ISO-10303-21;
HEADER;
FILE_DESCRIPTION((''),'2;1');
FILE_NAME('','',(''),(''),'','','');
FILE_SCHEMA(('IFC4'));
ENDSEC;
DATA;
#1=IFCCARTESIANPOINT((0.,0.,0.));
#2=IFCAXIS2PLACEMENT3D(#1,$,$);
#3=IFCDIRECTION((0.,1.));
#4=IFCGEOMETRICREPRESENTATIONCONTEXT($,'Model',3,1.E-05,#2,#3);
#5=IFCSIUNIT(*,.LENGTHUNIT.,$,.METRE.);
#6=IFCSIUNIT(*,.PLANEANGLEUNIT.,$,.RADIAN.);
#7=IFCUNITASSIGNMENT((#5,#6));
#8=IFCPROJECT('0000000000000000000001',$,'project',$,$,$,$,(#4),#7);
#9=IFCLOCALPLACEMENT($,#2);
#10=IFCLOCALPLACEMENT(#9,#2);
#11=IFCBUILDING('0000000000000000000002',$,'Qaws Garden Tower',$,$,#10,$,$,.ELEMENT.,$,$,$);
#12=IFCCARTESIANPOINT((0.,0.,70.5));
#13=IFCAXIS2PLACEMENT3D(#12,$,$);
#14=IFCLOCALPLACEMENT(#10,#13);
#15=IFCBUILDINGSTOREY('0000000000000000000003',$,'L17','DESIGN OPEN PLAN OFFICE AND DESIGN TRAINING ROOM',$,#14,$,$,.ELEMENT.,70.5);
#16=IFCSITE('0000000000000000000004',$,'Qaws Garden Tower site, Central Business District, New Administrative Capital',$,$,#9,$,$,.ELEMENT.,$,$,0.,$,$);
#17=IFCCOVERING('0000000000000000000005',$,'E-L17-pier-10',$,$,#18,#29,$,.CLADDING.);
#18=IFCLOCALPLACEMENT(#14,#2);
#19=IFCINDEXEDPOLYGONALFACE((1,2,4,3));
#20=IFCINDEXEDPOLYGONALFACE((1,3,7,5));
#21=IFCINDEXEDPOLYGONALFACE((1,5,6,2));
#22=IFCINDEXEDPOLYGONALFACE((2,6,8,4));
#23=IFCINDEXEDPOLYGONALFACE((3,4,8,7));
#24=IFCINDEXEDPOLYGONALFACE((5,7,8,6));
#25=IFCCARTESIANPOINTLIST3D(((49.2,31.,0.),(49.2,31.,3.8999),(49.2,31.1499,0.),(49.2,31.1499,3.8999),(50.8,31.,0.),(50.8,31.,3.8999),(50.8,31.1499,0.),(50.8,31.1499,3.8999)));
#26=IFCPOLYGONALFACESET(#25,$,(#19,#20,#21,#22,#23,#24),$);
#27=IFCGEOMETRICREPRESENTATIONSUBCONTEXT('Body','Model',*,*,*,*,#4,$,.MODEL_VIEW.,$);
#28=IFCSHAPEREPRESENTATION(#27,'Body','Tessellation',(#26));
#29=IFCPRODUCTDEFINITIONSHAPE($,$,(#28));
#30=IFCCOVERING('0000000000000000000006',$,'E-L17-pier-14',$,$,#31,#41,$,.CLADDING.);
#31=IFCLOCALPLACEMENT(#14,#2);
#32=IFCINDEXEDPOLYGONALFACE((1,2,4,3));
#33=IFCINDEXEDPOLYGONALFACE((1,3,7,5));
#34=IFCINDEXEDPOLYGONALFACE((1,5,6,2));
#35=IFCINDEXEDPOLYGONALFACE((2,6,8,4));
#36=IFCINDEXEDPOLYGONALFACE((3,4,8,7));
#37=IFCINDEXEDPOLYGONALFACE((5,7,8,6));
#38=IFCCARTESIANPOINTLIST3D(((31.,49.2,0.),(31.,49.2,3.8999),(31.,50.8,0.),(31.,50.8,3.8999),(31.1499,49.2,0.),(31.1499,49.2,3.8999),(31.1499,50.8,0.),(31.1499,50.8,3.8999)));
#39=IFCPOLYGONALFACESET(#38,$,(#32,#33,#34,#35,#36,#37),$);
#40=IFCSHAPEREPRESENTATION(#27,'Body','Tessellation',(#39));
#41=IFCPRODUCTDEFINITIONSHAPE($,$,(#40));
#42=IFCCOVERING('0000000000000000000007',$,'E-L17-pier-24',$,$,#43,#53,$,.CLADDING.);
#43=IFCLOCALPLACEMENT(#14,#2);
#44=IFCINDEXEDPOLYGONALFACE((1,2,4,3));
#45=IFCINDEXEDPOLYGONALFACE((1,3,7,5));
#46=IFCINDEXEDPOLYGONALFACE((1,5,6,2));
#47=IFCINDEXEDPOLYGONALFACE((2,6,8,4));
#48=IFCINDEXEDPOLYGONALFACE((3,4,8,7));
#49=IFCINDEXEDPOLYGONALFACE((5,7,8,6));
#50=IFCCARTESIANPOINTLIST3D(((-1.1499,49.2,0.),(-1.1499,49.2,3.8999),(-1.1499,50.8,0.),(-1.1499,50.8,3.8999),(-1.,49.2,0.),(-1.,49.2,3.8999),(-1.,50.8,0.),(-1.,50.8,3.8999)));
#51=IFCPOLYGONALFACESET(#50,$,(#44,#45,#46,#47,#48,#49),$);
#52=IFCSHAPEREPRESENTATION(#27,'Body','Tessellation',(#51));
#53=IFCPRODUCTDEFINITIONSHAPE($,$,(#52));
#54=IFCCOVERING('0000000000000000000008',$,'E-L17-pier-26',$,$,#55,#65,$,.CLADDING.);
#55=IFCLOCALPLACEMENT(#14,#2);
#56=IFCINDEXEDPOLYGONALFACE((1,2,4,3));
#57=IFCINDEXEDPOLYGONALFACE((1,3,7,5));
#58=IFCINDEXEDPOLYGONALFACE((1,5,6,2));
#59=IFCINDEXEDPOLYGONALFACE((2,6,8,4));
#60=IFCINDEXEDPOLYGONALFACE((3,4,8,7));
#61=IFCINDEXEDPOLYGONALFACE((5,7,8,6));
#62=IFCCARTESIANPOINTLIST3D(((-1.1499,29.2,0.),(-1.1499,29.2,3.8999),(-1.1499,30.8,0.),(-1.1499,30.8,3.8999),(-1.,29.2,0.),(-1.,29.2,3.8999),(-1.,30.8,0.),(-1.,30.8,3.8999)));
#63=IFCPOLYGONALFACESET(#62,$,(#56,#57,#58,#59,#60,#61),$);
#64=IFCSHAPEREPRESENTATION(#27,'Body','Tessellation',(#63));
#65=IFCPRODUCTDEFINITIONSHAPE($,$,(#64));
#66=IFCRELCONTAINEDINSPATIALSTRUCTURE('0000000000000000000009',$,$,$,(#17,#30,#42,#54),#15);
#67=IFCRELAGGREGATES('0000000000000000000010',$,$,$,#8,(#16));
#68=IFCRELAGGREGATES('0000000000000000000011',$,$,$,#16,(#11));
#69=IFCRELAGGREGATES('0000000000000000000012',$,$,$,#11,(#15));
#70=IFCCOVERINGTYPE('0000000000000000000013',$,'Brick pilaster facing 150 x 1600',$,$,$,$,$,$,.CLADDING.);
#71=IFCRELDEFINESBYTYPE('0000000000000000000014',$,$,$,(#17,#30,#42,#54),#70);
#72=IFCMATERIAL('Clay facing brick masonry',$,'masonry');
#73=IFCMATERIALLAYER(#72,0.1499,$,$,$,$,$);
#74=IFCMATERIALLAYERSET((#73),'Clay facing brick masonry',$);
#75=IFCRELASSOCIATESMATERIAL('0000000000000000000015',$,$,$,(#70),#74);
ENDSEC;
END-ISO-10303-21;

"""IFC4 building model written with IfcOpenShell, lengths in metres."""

from ifc_helpers import new_model, si_unit, direction, frame, origin, place, context, subcontext, project, spatial, polyline, outline, extrude, material, layer, layer_set, type_object, element, save


model = new_model("IFC4")

# Units and contexts
model_context = context("Model", 3, precision=1e-05, world=origin(), true_north=direction((0.0, 1.0)))
body_context = subcontext(model_context, "Body", "Model", "MODEL_VIEW")
ifc_project = project(units=[si_unit("LENGTHUNIT", "METRE"), si_unit("PLANEANGLEUNIT", "RADIAN")], contexts=[model_context])

# Site, building, storey
site_placement = place(None, origin())
site = spatial("IfcSite", under=ifc_project, at=site_placement, Name="Qaws Garden Tower site, Central Business District, New Administrative Capital", CompositionType="ELEMENT", RefElevation=0.0)
building_placement = place(site_placement, origin())
building = spatial("IfcBuilding", under=site, at=building_placement, Name="Qaws Garden Tower", CompositionType="ELEMENT")
storey_placement = place(building_placement, frame((0.0, 0.0, 70.5)))
storey = spatial("IfcBuildingStorey", under=building, at=storey_placement, Name="L17", Description="DESIGN OPEN PLAN OFFICE AND DESIGN TRAINING ROOM", CompositionType="ELEMENT", Elevation=70.5)

# Shared definitions
placement = place(storey_placement, origin())

# Coverings
ifc_material_1 = material(Name="Clay facing brick masonry", Category="masonry")
ifc_layer_1 = layer(ifc_material_1, 0.1499)
ifc_layer_set_1 = layer_set([ifc_layer_1], Name="Clay facing brick masonry")
covering_type = type_object("IfcCoveringType", Name="Brick pilaster facing 150 x 1600", PredefinedType="CLADDING", material=ifc_layer_set_1)
element("IfcCovering", 1, at=placement, inside=storey, type_object=covering_type, Name="E-L17-pier-10", PredefinedType="CLADDING", context=body_context, shape_type="SweptSolid", body=[
    extrude(outline(polyline([(50.8, 31.0), (49.2, 31.0), (49.2, 31.1499), (50.8, 31.1499), (50.8, 31.0)])), origin(), (0.0, 0.0, 1.0), 3.8999),
])
element("IfcCovering", 2, at=placement, inside=storey, type_object=covering_type, Name="E-L17-pier-14", PredefinedType="CLADDING", context=body_context, shape_type="SweptSolid", body=[
    extrude(outline(polyline([(31.0, 49.2), (31.0, 50.8), (31.1499, 50.8), (31.1499, 49.2), (31.0, 49.2)])), origin(), (0.0, 0.0, 1.0), 3.8999),
])
element("IfcCovering", 3, at=placement, inside=storey, type_object=covering_type, Name="E-L17-pier-24", PredefinedType="CLADDING", context=body_context, shape_type="SweptSolid", body=[
    extrude(outline(polyline([(-1.0, 50.8), (-1.0, 49.2), (-1.1499, 49.2), (-1.1499, 50.8), (-1.0, 50.8)])), origin(), (0.0, 0.0, 1.0), 3.8999),
])
element("IfcCovering", 4, at=placement, inside=storey, type_object=covering_type, Name="E-L17-pier-26", PredefinedType="CLADDING", context=body_context, shape_type="SweptSolid", body=[
    extrude(outline(polyline([(-1.0, 30.8), (-1.0, 29.2), (-1.1499, 29.2), (-1.1499, 30.8), (-1.0, 30.8)])), origin(), (0.0, 0.0, 1.0), 3.8999),
])

save(model, "model.ifc")
